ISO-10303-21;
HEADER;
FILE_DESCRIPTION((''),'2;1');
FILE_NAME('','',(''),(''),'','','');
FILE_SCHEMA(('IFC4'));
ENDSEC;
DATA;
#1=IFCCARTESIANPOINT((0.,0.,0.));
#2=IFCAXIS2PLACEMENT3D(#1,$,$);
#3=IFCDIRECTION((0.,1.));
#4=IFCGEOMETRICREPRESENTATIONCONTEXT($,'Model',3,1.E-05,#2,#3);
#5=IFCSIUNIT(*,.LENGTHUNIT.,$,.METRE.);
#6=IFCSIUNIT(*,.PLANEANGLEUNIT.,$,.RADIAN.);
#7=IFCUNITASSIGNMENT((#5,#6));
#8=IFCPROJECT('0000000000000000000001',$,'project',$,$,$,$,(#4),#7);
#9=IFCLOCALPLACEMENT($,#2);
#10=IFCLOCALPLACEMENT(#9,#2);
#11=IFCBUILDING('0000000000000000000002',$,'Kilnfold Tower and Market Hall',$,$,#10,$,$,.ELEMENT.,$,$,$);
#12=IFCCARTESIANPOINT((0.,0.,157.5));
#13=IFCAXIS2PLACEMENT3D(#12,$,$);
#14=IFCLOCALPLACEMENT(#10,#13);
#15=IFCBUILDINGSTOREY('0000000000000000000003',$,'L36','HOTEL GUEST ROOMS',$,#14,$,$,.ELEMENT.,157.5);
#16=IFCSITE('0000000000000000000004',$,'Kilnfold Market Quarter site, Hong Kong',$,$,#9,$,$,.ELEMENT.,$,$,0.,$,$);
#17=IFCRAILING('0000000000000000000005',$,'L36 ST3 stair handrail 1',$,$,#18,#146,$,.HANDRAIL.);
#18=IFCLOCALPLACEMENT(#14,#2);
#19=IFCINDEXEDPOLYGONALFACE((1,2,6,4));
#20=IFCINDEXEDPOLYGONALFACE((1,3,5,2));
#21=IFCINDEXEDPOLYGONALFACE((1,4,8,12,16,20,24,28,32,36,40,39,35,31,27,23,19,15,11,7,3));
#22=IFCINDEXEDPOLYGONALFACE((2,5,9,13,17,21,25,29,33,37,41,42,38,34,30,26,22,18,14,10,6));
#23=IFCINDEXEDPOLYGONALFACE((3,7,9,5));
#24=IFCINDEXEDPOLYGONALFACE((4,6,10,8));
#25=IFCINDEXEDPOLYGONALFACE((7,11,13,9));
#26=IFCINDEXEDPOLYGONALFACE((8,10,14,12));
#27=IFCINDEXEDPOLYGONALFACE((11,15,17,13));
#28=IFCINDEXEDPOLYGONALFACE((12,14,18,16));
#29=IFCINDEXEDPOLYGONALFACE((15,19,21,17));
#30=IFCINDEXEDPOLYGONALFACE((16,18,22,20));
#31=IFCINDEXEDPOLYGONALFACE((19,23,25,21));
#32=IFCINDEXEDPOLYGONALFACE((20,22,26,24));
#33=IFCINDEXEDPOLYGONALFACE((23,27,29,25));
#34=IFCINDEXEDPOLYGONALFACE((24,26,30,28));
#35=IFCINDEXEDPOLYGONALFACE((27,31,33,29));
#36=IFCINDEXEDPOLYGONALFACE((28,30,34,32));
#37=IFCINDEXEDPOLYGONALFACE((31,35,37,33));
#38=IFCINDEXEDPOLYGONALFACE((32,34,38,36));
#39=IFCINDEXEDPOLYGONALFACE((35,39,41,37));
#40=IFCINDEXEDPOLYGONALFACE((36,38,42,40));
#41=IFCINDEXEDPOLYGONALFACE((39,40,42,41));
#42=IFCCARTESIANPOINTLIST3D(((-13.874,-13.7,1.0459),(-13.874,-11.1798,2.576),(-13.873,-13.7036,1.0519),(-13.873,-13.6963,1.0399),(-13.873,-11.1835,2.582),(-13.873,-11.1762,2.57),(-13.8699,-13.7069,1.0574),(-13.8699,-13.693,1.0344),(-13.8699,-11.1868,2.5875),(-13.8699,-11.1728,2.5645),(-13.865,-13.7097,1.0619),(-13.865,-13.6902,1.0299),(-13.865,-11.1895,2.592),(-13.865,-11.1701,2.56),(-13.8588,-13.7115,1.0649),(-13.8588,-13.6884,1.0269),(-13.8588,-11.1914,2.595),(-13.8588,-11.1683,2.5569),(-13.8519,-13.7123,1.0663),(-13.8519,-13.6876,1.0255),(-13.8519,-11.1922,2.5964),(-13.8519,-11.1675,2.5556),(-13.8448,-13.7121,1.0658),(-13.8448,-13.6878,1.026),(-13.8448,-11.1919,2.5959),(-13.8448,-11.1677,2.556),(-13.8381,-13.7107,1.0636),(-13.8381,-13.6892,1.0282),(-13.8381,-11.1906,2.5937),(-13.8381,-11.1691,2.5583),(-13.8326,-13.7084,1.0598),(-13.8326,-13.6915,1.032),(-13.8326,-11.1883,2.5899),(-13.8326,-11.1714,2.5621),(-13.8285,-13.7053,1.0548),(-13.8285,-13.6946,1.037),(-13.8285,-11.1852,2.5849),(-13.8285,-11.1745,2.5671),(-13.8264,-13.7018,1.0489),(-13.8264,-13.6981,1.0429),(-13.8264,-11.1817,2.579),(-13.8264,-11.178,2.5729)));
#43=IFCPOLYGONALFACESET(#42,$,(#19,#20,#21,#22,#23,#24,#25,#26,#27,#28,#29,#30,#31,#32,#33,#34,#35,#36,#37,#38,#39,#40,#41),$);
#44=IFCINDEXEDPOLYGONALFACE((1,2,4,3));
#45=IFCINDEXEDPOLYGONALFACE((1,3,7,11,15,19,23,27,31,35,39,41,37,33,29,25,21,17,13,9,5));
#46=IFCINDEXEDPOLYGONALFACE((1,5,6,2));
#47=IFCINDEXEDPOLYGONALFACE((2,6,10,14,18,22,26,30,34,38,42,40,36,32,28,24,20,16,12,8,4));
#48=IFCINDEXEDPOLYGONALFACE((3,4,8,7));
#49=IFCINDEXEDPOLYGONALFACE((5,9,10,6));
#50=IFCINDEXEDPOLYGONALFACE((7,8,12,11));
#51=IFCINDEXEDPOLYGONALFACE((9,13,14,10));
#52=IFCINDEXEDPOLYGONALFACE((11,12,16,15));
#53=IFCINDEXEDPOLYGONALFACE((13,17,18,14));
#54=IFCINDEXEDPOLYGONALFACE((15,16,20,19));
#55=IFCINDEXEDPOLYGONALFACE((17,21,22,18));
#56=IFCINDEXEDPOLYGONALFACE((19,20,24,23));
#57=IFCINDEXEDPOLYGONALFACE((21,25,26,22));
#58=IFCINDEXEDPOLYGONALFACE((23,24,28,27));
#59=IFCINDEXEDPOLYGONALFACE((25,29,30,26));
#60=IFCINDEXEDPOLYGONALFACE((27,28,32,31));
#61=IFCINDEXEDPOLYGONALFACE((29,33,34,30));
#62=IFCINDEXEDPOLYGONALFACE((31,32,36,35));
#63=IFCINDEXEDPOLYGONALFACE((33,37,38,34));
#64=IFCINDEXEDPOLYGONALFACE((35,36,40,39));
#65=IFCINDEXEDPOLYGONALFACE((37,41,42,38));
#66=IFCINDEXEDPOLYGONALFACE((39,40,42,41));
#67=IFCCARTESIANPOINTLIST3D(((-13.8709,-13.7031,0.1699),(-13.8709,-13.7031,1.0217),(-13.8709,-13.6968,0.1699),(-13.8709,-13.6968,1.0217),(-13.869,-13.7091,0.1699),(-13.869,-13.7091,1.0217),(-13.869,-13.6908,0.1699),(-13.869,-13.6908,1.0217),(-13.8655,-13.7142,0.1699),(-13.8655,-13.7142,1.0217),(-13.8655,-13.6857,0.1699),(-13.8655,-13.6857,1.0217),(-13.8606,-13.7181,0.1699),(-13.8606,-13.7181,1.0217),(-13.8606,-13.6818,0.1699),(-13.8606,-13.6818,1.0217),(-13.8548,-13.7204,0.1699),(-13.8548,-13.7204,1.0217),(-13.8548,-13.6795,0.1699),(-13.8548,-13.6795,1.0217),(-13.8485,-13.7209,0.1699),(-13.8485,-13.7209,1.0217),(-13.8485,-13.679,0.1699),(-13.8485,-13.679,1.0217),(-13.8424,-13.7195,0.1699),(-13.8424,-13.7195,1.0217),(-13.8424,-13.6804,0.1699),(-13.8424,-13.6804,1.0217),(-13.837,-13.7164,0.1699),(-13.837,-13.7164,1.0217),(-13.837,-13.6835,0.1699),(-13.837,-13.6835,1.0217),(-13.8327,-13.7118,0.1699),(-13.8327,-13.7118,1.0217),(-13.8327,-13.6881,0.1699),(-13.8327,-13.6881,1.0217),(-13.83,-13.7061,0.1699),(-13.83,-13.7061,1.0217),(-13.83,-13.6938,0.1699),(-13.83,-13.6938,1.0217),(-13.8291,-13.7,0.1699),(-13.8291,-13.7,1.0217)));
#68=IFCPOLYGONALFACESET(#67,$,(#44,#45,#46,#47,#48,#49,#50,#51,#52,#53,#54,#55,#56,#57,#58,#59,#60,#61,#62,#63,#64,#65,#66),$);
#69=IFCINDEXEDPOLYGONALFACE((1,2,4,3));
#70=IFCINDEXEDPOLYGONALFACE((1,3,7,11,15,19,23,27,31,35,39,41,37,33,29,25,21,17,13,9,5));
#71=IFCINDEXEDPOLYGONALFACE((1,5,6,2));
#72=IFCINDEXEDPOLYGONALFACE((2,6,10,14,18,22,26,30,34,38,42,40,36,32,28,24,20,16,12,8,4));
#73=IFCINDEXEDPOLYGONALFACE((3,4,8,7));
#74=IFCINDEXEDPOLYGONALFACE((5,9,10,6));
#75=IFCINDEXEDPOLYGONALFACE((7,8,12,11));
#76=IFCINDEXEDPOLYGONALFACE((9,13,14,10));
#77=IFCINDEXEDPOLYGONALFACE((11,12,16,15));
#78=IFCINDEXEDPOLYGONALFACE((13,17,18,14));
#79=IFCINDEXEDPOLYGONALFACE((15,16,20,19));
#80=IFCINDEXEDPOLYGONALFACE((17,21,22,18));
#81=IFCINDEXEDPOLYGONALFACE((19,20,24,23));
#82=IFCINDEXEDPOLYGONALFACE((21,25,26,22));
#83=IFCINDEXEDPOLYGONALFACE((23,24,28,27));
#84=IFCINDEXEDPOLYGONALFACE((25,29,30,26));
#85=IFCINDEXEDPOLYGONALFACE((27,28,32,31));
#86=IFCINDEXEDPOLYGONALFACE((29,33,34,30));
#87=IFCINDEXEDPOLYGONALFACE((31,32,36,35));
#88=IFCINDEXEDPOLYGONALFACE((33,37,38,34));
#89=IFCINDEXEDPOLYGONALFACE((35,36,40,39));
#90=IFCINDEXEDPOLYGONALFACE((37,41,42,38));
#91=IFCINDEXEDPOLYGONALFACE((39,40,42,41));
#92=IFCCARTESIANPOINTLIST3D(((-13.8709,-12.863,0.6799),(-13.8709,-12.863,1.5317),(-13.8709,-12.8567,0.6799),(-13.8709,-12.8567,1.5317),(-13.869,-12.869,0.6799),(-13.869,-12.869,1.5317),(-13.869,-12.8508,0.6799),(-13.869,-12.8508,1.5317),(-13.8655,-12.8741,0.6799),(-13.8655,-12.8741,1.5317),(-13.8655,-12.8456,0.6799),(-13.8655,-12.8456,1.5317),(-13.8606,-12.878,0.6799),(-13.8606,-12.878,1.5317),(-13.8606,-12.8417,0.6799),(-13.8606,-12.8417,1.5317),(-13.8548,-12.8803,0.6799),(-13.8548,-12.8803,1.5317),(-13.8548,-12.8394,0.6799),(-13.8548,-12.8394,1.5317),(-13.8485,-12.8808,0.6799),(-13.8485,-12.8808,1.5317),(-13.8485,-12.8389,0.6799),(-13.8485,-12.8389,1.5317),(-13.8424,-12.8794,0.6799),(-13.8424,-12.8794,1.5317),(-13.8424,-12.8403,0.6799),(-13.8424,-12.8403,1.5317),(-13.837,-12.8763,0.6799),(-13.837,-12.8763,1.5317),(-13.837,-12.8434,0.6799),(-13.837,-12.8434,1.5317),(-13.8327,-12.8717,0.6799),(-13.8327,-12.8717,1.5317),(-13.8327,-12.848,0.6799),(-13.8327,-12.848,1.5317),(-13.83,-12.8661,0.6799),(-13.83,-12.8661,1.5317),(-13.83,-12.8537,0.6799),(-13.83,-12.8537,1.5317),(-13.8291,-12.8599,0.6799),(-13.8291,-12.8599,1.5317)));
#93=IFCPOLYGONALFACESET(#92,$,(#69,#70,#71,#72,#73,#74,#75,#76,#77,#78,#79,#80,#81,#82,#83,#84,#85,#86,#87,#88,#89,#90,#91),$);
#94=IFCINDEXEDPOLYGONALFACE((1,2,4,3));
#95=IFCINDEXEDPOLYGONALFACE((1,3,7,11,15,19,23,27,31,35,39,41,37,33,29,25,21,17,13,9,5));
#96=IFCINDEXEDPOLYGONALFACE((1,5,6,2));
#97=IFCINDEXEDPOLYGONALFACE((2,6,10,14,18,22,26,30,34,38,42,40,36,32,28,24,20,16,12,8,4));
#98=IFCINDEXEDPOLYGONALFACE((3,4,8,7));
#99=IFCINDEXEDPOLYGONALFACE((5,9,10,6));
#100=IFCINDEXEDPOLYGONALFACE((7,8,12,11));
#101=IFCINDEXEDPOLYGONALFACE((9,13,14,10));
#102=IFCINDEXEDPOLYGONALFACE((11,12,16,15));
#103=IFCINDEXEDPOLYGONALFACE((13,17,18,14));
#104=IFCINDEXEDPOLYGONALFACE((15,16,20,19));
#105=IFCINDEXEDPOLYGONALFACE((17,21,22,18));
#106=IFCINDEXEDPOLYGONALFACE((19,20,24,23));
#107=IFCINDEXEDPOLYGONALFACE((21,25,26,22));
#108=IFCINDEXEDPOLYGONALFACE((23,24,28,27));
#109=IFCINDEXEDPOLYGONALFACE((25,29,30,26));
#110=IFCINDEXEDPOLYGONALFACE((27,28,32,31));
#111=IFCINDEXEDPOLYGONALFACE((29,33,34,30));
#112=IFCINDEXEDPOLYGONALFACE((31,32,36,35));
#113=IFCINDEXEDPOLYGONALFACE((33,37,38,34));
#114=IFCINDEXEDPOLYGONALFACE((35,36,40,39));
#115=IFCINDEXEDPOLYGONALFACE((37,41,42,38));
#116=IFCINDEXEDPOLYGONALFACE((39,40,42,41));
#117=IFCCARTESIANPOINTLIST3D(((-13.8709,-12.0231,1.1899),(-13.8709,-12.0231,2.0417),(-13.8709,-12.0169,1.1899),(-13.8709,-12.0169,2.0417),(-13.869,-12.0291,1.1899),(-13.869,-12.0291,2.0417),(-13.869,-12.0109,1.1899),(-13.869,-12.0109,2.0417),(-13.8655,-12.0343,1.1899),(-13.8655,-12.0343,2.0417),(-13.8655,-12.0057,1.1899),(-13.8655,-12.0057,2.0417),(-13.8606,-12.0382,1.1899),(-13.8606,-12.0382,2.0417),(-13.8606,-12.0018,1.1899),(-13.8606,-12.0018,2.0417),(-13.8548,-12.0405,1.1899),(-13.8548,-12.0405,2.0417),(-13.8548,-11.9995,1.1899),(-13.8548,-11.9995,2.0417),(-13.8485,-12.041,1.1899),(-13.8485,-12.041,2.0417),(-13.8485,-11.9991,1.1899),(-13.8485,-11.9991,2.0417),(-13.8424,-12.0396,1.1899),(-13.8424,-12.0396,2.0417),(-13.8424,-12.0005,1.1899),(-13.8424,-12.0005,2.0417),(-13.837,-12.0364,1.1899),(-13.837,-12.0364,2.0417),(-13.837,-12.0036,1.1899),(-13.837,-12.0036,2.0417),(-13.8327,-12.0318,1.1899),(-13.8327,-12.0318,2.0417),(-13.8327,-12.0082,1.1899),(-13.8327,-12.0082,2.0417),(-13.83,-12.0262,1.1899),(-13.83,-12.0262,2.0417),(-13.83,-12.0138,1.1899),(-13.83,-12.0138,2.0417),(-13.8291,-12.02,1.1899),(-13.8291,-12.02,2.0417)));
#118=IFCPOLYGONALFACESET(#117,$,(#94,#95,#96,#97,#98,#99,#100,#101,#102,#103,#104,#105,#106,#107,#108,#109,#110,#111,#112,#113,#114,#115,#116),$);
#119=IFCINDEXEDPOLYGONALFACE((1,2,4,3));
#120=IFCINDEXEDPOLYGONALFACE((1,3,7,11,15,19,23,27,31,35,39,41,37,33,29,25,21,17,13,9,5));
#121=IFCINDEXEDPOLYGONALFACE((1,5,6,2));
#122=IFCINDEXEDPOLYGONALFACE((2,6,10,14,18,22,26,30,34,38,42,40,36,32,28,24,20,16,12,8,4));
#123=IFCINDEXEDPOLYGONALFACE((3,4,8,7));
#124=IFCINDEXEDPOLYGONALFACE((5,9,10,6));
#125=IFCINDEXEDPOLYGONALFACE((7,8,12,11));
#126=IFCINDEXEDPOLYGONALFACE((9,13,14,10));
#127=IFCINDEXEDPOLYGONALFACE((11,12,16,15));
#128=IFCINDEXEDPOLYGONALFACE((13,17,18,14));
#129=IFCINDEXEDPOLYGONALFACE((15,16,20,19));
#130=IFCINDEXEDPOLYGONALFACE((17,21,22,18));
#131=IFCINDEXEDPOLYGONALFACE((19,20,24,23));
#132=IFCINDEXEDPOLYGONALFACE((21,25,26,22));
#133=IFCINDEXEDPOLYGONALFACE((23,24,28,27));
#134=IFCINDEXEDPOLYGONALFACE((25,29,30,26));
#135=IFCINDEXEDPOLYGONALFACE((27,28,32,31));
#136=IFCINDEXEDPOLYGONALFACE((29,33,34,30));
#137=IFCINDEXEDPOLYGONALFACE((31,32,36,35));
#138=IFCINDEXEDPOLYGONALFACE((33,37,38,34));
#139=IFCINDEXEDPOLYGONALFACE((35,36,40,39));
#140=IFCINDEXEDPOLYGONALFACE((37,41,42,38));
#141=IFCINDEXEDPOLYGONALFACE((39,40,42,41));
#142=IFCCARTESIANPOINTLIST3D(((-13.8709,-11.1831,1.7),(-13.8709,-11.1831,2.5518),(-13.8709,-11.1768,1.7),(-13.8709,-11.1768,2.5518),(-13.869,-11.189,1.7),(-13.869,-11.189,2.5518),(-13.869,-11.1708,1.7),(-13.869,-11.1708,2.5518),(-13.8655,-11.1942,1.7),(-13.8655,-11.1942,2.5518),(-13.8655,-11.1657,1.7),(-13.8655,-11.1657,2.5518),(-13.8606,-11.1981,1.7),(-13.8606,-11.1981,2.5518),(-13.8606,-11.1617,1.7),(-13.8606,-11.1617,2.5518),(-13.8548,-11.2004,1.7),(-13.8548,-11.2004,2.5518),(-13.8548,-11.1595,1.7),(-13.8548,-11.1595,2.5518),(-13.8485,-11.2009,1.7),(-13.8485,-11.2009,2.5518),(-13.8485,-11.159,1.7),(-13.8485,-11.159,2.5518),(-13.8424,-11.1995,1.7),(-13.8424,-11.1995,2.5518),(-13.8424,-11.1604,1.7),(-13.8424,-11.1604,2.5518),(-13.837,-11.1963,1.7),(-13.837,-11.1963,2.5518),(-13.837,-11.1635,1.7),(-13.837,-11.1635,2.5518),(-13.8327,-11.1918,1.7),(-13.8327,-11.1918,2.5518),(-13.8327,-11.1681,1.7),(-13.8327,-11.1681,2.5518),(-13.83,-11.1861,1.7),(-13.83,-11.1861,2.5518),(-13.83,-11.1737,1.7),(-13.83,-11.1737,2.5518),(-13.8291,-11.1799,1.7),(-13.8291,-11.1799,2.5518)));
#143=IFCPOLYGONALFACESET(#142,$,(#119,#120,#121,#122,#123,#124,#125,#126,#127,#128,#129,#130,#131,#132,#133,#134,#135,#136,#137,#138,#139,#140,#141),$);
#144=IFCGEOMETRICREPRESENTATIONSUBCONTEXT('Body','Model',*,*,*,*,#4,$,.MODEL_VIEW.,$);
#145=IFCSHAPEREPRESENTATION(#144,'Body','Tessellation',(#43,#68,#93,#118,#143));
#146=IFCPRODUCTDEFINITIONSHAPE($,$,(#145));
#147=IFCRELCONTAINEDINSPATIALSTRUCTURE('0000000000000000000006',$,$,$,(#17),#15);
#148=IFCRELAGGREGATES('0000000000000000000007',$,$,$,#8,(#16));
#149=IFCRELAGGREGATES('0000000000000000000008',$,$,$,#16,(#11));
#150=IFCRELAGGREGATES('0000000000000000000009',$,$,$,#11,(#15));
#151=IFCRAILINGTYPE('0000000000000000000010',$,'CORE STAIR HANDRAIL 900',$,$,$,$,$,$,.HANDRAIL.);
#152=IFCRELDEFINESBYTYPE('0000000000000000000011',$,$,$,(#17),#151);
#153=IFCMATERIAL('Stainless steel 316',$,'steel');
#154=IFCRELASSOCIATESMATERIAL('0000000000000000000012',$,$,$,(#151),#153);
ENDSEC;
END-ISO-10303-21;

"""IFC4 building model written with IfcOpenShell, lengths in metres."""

from ifc_helpers import new_model, si_unit, direction, frame, origin, origin_2d, place, context, subcontext, project, spatial, circle, extrude, material, type_object, element, save


model = new_model("IFC4")

# Units and contexts
model_context = context("Model", 3, precision=1e-05, world=origin(), true_north=direction((0.0, 1.0)))
body_context = subcontext(model_context, "Body", "Model", "MODEL_VIEW")
ifc_project = project(units=[si_unit("LENGTHUNIT", "METRE"), si_unit("PLANEANGLEUNIT", "RADIAN")], contexts=[model_context])

# Site, building, storey
site_placement = place(None, origin())
site = spatial("IfcSite", under=ifc_project, at=site_placement, Name="Kilnfold Market Quarter site, Hong Kong", CompositionType="ELEMENT", RefElevation=0.0)
building_placement = place(site_placement, origin())
building = spatial("IfcBuilding", under=site, at=building_placement, Name="Kilnfold Tower and Market Hall", CompositionType="ELEMENT")
storey_placement = place(building_placement, frame((0.0, 0.0, 157.5)))
storey = spatial("IfcBuildingStorey", under=building, at=storey_placement, Name="L36", Description="HOTEL GUEST ROOMS", CompositionType="ELEMENT", Elevation=157.5)

# Railing
ifc_material_1 = material(Name="Stainless steel 316", Category="steel")
railing_type = type_object("IfcRailingType", Name="CORE STAIR HANDRAIL 900", PredefinedType="HANDRAIL", material=ifc_material_1)
railing_placement = place(storey_placement, frame((-13.8501, -13.7, 0.1699)))
element("IfcRailing", 1, at=railing_placement, inside=storey, type_object=railing_type, Name="L36 ST3 stair handrail 1", PredefinedType="HANDRAIL", context=body_context, shape_type="SweptSolid", body=[
    extrude(circle(Radius=0.0239, at=origin_2d()), frame((0.0, 0.0, 0.876), z_axis=(0.0, 0.854785, 0.518982), x_axis=(-1.0, 0.0, 0.0)), (0.0, 0.0, 1.0), 2.9482),
    extrude(circle(Radius=0.021, at=origin_2d()), origin(), (0.0, 0.0, 1.0), 0.8518),
    extrude(circle(Radius=0.021, at=origin_2d()), frame((0.0, 0.8401, 0.51)), (0.0, 0.0, 1.0), 0.8518),
    extrude(circle(Radius=0.021, at=origin_2d()), frame((0.0, 1.6799, 1.02)), (0.0, 0.0, 1.0), 0.8518),
    extrude(circle(Radius=0.021, at=origin_2d()), frame((0.0, 2.52, 1.53)), (0.0, 0.0, 1.0), 0.8518),
])

save(model, "model.ifc")
